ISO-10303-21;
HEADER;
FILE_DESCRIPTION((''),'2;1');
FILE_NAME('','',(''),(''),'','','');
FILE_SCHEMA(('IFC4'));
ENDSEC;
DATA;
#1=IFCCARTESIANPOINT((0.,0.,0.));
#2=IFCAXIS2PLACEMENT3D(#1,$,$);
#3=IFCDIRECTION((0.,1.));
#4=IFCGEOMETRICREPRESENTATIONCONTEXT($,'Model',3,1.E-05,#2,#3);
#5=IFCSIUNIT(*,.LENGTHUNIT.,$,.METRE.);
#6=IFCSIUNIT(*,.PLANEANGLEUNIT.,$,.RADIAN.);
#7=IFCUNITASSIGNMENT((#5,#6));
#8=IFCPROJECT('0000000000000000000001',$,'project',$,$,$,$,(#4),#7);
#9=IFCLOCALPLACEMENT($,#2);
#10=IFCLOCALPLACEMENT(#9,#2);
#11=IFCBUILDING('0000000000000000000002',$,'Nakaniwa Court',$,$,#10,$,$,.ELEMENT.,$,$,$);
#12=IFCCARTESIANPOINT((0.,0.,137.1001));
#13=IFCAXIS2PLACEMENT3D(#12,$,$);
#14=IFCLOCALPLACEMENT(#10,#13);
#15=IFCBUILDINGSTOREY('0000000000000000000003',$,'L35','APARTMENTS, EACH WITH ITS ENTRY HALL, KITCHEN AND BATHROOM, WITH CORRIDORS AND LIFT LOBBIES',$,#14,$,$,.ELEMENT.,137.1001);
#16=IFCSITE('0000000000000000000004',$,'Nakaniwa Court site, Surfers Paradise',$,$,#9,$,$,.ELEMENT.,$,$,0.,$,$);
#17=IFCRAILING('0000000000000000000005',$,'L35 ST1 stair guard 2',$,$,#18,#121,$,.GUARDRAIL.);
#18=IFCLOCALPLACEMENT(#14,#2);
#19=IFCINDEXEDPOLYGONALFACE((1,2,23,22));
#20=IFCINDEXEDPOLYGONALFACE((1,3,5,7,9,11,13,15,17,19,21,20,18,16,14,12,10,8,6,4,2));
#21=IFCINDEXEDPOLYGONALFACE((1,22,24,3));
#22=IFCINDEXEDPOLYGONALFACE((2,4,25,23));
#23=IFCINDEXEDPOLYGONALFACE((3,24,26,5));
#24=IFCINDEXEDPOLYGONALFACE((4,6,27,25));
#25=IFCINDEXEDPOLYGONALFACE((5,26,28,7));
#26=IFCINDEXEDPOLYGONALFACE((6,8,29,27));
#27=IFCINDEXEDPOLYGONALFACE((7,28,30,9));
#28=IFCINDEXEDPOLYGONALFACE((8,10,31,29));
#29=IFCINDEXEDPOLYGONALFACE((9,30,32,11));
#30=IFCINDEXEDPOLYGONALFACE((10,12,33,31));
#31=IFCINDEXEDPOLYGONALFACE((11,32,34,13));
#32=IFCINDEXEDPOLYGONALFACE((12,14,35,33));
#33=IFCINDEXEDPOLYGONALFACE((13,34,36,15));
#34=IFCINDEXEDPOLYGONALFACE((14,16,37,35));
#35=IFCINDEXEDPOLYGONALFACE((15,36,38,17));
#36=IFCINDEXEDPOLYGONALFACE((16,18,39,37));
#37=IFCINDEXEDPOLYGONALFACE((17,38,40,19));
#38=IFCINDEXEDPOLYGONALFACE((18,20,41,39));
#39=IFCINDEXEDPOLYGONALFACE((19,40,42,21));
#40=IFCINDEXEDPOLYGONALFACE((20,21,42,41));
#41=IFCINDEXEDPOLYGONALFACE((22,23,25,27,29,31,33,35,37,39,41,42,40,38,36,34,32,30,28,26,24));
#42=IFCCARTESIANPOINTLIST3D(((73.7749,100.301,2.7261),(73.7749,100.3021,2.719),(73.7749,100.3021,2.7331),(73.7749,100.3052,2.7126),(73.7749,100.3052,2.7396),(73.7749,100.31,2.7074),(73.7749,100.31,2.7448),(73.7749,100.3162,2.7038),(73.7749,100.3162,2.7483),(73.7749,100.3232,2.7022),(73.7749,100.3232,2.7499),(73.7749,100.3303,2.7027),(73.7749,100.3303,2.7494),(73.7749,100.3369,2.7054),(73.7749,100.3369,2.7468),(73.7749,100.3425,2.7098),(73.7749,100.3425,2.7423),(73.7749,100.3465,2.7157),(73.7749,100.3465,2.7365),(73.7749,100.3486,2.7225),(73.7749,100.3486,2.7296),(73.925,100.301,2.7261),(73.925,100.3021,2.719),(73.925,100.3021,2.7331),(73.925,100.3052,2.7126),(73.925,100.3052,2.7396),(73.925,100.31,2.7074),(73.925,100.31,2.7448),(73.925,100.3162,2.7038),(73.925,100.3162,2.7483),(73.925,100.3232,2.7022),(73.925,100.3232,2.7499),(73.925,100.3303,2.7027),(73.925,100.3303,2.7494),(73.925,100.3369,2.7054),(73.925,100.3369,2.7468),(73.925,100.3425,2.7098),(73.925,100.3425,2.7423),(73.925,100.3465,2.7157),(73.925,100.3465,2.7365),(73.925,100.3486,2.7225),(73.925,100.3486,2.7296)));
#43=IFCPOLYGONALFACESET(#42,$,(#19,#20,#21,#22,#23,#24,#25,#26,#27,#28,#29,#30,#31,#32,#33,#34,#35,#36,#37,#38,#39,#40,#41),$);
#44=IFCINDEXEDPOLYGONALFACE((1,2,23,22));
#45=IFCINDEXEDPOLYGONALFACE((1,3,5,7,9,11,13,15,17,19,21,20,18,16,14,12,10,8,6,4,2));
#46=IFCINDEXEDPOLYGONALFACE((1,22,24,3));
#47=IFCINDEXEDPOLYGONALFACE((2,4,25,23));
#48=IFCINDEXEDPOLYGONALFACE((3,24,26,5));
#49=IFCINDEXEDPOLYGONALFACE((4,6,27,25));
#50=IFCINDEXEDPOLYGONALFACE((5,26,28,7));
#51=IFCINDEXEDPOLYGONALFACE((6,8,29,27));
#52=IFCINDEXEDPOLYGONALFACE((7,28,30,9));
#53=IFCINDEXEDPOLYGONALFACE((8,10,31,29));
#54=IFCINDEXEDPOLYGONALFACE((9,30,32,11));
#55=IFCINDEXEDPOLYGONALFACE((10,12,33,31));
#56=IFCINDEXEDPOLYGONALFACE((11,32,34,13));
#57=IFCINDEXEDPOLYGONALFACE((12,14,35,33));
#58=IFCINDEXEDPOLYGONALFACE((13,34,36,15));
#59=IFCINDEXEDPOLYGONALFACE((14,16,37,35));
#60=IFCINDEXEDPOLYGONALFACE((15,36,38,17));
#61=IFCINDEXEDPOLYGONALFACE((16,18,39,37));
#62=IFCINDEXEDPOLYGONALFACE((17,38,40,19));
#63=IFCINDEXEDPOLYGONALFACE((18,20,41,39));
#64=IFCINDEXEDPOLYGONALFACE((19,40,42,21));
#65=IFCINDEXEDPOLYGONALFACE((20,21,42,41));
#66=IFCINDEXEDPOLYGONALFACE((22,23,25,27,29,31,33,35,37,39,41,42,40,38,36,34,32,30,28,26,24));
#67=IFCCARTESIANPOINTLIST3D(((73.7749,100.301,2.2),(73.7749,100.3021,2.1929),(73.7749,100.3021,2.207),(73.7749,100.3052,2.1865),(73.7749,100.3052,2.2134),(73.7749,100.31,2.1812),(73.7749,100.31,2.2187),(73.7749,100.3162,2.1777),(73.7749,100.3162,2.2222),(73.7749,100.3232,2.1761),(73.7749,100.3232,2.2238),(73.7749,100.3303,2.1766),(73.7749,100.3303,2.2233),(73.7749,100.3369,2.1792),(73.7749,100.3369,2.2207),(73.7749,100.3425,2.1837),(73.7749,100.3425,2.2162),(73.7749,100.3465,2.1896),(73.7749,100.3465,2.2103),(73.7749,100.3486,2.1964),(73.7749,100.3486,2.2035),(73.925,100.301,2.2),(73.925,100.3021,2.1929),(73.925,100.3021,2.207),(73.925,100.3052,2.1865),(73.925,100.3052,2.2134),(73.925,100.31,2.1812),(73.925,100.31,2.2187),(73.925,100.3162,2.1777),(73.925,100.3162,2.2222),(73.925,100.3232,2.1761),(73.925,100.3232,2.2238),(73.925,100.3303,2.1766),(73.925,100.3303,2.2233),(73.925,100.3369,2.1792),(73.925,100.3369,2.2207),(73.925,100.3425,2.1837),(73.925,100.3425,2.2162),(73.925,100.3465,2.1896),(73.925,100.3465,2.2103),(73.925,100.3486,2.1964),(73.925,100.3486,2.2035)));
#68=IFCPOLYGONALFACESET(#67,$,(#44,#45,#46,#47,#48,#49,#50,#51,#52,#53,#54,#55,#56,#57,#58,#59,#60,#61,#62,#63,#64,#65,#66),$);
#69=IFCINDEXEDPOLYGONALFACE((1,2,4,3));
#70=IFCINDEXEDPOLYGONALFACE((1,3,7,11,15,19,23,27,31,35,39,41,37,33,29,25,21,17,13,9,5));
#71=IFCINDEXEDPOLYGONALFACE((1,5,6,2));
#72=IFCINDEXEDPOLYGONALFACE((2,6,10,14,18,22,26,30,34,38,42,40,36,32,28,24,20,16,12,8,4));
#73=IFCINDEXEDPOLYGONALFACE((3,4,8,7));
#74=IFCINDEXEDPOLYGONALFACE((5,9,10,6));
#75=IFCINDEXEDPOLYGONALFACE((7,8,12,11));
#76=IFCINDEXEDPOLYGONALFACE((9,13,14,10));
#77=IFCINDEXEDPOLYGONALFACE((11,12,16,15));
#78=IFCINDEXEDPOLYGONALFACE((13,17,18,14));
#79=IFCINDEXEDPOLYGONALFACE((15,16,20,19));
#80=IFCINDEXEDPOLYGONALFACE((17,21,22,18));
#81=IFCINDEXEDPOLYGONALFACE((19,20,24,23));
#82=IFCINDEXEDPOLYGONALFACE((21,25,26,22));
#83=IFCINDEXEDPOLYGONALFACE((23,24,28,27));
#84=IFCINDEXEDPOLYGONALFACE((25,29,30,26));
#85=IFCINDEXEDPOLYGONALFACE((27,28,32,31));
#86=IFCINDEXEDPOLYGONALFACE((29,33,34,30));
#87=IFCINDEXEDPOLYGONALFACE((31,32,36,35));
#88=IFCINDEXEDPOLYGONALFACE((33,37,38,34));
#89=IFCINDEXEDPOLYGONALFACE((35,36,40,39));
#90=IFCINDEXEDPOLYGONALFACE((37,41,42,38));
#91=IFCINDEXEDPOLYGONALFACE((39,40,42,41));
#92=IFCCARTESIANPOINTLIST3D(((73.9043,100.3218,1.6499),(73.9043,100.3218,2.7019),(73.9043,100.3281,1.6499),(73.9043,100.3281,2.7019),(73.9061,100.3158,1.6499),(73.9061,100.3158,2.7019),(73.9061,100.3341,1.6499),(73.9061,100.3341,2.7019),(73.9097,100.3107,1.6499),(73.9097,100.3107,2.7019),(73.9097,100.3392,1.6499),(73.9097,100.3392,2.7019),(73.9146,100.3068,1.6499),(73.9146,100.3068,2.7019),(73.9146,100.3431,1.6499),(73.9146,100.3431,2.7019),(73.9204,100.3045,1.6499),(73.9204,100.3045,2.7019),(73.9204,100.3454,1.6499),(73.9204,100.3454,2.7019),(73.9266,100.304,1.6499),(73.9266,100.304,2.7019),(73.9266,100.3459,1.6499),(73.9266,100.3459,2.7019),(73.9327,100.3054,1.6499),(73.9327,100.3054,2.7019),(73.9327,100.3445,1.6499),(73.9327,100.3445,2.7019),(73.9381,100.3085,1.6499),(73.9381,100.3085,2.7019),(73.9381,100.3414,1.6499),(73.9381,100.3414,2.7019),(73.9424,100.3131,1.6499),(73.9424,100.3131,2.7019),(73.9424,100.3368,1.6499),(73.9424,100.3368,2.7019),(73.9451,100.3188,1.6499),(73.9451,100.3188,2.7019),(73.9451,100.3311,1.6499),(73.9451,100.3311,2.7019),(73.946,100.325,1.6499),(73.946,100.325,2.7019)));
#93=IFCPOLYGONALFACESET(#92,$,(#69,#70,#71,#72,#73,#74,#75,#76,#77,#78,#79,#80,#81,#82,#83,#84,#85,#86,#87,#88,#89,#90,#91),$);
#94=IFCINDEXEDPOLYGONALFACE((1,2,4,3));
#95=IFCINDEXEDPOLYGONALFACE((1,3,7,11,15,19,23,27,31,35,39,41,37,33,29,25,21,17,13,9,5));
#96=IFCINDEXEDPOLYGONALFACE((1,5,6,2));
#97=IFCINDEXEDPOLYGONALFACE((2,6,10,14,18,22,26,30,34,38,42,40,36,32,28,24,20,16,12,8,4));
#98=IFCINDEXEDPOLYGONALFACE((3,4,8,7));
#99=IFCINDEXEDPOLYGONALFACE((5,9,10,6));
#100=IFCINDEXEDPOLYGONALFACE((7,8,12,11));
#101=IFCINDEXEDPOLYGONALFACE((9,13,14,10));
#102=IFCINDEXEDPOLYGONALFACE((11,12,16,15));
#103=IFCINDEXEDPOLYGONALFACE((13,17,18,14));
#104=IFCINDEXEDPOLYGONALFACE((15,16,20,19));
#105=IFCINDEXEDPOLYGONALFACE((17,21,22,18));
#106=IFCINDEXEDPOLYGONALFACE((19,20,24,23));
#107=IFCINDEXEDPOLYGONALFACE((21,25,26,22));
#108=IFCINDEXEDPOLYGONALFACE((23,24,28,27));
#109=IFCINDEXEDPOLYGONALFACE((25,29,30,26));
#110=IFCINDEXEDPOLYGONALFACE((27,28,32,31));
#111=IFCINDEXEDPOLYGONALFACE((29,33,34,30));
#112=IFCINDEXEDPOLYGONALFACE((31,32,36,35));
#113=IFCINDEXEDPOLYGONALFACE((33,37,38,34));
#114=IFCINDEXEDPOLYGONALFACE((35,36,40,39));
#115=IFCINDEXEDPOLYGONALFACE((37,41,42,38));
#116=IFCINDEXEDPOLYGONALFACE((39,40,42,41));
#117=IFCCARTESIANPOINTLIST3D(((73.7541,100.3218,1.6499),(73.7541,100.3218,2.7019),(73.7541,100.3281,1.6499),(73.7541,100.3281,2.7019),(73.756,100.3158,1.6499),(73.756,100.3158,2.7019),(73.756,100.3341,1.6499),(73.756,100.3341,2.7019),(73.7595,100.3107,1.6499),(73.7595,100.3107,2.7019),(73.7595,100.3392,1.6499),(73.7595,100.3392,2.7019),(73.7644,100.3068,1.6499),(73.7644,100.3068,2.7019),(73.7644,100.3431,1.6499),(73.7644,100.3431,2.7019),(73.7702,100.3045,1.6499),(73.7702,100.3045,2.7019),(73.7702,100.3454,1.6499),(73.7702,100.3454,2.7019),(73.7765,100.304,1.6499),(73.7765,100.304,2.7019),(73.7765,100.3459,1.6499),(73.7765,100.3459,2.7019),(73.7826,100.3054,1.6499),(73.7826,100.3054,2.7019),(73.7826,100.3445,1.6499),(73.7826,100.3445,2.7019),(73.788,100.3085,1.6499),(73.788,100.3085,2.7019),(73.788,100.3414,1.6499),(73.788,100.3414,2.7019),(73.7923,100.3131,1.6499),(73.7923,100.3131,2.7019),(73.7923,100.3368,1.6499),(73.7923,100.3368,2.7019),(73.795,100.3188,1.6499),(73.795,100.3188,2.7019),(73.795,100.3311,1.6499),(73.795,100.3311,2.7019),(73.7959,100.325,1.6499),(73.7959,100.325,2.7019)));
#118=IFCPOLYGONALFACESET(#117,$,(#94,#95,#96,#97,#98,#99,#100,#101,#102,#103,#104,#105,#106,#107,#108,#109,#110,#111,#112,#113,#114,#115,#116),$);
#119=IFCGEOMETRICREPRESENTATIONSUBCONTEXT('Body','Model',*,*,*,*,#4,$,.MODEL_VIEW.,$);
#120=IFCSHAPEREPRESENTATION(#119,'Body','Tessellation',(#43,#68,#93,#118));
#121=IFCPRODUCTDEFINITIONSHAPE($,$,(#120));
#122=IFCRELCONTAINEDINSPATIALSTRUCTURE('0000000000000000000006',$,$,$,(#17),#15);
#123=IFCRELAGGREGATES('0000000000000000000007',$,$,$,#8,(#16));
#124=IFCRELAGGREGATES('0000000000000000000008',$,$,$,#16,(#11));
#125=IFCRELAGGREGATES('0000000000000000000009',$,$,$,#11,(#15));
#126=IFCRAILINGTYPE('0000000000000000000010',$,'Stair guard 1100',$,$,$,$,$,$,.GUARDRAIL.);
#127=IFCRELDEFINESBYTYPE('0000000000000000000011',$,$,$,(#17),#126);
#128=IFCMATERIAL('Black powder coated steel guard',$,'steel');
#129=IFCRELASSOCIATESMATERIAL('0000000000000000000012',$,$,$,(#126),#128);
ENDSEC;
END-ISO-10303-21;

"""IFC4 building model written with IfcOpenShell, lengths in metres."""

from ifc_helpers import new_model, si_unit, direction, frame, origin, origin_2d, place, context, subcontext, project, spatial, circle, extrude, material, type_object, element, save


model = new_model("IFC4")

# Units and contexts
model_context = context("Model", 3, precision=1e-05, world=origin(), true_north=direction((0.0, 1.0)))
body_context = subcontext(model_context, "Body", "Model", "MODEL_VIEW")
ifc_project = project(units=[si_unit("LENGTHUNIT", "METRE"), si_unit("PLANEANGLEUNIT", "RADIAN")], contexts=[model_context])

# Site, building, storey
site_placement = place(None, origin())
site = spatial("IfcSite", under=ifc_project, at=site_placement, Name="Nakaniwa Court site, Surfers Paradise", CompositionType="ELEMENT", RefElevation=0.0)
building_placement = place(site_placement, origin())
building = spatial("IfcBuilding", under=site, at=building_placement, Name="Nakaniwa Court", CompositionType="ELEMENT")
storey_placement = place(building_placement, frame((0.0, 0.0, 137.1001)))
storey = spatial("IfcBuildingStorey", under=building, at=storey_placement, Name="L35", Description="APARTMENTS, EACH WITH ITS ENTRY HALL, KITCHEN AND BATHROOM, WITH CORRIDORS AND LIFT LOBBIES", CompositionType="ELEMENT", Elevation=137.1001)

# Railing
ifc_material_1 = material(Name="Black powder coated steel guard", Category="steel")
railing_type_1 = type_object("IfcRailingType", Name="Stair guard 1100", PredefinedType="GUARDRAIL", material=ifc_material_1)
railing_1_placement = place(storey_placement, frame((73.925, 100.325, 1.6499)))
element("IfcRailing", 1, at=railing_1_placement, inside=storey, type_object=railing_type_1, Name="L35 ST1 stair guard 2", PredefinedType="GUARDRAIL", context=body_context, shape_type="SweptSolid", body=[
    extrude(circle(Radius=0.0239, at=origin_2d()), frame((0.0, 0.0, 1.0762), z_axis=(-1.0, 0.0, 0.0), x_axis=(0.0, -1.0, 0.0)), (0.0, 0.0, 1.0), 0.1501),
    extrude(circle(Radius=0.0239, at=origin_2d()), frame((0.0, 0.0, 0.55), z_axis=(-1.0, 0.0, 0.0), x_axis=(0.0, -1.0, 0.0)), (0.0, 0.0, 1.0), 0.1501),
    extrude(circle(Radius=0.021, at=origin_2d()), origin(), (0.0, 0.0, 1.0), 1.052),
    extrude(circle(Radius=0.021, at=origin_2d()), frame((-0.1501, 0.0, 0.0)), (0.0, 0.0, 1.0), 1.052),
])

save(model, "model.ifc")
